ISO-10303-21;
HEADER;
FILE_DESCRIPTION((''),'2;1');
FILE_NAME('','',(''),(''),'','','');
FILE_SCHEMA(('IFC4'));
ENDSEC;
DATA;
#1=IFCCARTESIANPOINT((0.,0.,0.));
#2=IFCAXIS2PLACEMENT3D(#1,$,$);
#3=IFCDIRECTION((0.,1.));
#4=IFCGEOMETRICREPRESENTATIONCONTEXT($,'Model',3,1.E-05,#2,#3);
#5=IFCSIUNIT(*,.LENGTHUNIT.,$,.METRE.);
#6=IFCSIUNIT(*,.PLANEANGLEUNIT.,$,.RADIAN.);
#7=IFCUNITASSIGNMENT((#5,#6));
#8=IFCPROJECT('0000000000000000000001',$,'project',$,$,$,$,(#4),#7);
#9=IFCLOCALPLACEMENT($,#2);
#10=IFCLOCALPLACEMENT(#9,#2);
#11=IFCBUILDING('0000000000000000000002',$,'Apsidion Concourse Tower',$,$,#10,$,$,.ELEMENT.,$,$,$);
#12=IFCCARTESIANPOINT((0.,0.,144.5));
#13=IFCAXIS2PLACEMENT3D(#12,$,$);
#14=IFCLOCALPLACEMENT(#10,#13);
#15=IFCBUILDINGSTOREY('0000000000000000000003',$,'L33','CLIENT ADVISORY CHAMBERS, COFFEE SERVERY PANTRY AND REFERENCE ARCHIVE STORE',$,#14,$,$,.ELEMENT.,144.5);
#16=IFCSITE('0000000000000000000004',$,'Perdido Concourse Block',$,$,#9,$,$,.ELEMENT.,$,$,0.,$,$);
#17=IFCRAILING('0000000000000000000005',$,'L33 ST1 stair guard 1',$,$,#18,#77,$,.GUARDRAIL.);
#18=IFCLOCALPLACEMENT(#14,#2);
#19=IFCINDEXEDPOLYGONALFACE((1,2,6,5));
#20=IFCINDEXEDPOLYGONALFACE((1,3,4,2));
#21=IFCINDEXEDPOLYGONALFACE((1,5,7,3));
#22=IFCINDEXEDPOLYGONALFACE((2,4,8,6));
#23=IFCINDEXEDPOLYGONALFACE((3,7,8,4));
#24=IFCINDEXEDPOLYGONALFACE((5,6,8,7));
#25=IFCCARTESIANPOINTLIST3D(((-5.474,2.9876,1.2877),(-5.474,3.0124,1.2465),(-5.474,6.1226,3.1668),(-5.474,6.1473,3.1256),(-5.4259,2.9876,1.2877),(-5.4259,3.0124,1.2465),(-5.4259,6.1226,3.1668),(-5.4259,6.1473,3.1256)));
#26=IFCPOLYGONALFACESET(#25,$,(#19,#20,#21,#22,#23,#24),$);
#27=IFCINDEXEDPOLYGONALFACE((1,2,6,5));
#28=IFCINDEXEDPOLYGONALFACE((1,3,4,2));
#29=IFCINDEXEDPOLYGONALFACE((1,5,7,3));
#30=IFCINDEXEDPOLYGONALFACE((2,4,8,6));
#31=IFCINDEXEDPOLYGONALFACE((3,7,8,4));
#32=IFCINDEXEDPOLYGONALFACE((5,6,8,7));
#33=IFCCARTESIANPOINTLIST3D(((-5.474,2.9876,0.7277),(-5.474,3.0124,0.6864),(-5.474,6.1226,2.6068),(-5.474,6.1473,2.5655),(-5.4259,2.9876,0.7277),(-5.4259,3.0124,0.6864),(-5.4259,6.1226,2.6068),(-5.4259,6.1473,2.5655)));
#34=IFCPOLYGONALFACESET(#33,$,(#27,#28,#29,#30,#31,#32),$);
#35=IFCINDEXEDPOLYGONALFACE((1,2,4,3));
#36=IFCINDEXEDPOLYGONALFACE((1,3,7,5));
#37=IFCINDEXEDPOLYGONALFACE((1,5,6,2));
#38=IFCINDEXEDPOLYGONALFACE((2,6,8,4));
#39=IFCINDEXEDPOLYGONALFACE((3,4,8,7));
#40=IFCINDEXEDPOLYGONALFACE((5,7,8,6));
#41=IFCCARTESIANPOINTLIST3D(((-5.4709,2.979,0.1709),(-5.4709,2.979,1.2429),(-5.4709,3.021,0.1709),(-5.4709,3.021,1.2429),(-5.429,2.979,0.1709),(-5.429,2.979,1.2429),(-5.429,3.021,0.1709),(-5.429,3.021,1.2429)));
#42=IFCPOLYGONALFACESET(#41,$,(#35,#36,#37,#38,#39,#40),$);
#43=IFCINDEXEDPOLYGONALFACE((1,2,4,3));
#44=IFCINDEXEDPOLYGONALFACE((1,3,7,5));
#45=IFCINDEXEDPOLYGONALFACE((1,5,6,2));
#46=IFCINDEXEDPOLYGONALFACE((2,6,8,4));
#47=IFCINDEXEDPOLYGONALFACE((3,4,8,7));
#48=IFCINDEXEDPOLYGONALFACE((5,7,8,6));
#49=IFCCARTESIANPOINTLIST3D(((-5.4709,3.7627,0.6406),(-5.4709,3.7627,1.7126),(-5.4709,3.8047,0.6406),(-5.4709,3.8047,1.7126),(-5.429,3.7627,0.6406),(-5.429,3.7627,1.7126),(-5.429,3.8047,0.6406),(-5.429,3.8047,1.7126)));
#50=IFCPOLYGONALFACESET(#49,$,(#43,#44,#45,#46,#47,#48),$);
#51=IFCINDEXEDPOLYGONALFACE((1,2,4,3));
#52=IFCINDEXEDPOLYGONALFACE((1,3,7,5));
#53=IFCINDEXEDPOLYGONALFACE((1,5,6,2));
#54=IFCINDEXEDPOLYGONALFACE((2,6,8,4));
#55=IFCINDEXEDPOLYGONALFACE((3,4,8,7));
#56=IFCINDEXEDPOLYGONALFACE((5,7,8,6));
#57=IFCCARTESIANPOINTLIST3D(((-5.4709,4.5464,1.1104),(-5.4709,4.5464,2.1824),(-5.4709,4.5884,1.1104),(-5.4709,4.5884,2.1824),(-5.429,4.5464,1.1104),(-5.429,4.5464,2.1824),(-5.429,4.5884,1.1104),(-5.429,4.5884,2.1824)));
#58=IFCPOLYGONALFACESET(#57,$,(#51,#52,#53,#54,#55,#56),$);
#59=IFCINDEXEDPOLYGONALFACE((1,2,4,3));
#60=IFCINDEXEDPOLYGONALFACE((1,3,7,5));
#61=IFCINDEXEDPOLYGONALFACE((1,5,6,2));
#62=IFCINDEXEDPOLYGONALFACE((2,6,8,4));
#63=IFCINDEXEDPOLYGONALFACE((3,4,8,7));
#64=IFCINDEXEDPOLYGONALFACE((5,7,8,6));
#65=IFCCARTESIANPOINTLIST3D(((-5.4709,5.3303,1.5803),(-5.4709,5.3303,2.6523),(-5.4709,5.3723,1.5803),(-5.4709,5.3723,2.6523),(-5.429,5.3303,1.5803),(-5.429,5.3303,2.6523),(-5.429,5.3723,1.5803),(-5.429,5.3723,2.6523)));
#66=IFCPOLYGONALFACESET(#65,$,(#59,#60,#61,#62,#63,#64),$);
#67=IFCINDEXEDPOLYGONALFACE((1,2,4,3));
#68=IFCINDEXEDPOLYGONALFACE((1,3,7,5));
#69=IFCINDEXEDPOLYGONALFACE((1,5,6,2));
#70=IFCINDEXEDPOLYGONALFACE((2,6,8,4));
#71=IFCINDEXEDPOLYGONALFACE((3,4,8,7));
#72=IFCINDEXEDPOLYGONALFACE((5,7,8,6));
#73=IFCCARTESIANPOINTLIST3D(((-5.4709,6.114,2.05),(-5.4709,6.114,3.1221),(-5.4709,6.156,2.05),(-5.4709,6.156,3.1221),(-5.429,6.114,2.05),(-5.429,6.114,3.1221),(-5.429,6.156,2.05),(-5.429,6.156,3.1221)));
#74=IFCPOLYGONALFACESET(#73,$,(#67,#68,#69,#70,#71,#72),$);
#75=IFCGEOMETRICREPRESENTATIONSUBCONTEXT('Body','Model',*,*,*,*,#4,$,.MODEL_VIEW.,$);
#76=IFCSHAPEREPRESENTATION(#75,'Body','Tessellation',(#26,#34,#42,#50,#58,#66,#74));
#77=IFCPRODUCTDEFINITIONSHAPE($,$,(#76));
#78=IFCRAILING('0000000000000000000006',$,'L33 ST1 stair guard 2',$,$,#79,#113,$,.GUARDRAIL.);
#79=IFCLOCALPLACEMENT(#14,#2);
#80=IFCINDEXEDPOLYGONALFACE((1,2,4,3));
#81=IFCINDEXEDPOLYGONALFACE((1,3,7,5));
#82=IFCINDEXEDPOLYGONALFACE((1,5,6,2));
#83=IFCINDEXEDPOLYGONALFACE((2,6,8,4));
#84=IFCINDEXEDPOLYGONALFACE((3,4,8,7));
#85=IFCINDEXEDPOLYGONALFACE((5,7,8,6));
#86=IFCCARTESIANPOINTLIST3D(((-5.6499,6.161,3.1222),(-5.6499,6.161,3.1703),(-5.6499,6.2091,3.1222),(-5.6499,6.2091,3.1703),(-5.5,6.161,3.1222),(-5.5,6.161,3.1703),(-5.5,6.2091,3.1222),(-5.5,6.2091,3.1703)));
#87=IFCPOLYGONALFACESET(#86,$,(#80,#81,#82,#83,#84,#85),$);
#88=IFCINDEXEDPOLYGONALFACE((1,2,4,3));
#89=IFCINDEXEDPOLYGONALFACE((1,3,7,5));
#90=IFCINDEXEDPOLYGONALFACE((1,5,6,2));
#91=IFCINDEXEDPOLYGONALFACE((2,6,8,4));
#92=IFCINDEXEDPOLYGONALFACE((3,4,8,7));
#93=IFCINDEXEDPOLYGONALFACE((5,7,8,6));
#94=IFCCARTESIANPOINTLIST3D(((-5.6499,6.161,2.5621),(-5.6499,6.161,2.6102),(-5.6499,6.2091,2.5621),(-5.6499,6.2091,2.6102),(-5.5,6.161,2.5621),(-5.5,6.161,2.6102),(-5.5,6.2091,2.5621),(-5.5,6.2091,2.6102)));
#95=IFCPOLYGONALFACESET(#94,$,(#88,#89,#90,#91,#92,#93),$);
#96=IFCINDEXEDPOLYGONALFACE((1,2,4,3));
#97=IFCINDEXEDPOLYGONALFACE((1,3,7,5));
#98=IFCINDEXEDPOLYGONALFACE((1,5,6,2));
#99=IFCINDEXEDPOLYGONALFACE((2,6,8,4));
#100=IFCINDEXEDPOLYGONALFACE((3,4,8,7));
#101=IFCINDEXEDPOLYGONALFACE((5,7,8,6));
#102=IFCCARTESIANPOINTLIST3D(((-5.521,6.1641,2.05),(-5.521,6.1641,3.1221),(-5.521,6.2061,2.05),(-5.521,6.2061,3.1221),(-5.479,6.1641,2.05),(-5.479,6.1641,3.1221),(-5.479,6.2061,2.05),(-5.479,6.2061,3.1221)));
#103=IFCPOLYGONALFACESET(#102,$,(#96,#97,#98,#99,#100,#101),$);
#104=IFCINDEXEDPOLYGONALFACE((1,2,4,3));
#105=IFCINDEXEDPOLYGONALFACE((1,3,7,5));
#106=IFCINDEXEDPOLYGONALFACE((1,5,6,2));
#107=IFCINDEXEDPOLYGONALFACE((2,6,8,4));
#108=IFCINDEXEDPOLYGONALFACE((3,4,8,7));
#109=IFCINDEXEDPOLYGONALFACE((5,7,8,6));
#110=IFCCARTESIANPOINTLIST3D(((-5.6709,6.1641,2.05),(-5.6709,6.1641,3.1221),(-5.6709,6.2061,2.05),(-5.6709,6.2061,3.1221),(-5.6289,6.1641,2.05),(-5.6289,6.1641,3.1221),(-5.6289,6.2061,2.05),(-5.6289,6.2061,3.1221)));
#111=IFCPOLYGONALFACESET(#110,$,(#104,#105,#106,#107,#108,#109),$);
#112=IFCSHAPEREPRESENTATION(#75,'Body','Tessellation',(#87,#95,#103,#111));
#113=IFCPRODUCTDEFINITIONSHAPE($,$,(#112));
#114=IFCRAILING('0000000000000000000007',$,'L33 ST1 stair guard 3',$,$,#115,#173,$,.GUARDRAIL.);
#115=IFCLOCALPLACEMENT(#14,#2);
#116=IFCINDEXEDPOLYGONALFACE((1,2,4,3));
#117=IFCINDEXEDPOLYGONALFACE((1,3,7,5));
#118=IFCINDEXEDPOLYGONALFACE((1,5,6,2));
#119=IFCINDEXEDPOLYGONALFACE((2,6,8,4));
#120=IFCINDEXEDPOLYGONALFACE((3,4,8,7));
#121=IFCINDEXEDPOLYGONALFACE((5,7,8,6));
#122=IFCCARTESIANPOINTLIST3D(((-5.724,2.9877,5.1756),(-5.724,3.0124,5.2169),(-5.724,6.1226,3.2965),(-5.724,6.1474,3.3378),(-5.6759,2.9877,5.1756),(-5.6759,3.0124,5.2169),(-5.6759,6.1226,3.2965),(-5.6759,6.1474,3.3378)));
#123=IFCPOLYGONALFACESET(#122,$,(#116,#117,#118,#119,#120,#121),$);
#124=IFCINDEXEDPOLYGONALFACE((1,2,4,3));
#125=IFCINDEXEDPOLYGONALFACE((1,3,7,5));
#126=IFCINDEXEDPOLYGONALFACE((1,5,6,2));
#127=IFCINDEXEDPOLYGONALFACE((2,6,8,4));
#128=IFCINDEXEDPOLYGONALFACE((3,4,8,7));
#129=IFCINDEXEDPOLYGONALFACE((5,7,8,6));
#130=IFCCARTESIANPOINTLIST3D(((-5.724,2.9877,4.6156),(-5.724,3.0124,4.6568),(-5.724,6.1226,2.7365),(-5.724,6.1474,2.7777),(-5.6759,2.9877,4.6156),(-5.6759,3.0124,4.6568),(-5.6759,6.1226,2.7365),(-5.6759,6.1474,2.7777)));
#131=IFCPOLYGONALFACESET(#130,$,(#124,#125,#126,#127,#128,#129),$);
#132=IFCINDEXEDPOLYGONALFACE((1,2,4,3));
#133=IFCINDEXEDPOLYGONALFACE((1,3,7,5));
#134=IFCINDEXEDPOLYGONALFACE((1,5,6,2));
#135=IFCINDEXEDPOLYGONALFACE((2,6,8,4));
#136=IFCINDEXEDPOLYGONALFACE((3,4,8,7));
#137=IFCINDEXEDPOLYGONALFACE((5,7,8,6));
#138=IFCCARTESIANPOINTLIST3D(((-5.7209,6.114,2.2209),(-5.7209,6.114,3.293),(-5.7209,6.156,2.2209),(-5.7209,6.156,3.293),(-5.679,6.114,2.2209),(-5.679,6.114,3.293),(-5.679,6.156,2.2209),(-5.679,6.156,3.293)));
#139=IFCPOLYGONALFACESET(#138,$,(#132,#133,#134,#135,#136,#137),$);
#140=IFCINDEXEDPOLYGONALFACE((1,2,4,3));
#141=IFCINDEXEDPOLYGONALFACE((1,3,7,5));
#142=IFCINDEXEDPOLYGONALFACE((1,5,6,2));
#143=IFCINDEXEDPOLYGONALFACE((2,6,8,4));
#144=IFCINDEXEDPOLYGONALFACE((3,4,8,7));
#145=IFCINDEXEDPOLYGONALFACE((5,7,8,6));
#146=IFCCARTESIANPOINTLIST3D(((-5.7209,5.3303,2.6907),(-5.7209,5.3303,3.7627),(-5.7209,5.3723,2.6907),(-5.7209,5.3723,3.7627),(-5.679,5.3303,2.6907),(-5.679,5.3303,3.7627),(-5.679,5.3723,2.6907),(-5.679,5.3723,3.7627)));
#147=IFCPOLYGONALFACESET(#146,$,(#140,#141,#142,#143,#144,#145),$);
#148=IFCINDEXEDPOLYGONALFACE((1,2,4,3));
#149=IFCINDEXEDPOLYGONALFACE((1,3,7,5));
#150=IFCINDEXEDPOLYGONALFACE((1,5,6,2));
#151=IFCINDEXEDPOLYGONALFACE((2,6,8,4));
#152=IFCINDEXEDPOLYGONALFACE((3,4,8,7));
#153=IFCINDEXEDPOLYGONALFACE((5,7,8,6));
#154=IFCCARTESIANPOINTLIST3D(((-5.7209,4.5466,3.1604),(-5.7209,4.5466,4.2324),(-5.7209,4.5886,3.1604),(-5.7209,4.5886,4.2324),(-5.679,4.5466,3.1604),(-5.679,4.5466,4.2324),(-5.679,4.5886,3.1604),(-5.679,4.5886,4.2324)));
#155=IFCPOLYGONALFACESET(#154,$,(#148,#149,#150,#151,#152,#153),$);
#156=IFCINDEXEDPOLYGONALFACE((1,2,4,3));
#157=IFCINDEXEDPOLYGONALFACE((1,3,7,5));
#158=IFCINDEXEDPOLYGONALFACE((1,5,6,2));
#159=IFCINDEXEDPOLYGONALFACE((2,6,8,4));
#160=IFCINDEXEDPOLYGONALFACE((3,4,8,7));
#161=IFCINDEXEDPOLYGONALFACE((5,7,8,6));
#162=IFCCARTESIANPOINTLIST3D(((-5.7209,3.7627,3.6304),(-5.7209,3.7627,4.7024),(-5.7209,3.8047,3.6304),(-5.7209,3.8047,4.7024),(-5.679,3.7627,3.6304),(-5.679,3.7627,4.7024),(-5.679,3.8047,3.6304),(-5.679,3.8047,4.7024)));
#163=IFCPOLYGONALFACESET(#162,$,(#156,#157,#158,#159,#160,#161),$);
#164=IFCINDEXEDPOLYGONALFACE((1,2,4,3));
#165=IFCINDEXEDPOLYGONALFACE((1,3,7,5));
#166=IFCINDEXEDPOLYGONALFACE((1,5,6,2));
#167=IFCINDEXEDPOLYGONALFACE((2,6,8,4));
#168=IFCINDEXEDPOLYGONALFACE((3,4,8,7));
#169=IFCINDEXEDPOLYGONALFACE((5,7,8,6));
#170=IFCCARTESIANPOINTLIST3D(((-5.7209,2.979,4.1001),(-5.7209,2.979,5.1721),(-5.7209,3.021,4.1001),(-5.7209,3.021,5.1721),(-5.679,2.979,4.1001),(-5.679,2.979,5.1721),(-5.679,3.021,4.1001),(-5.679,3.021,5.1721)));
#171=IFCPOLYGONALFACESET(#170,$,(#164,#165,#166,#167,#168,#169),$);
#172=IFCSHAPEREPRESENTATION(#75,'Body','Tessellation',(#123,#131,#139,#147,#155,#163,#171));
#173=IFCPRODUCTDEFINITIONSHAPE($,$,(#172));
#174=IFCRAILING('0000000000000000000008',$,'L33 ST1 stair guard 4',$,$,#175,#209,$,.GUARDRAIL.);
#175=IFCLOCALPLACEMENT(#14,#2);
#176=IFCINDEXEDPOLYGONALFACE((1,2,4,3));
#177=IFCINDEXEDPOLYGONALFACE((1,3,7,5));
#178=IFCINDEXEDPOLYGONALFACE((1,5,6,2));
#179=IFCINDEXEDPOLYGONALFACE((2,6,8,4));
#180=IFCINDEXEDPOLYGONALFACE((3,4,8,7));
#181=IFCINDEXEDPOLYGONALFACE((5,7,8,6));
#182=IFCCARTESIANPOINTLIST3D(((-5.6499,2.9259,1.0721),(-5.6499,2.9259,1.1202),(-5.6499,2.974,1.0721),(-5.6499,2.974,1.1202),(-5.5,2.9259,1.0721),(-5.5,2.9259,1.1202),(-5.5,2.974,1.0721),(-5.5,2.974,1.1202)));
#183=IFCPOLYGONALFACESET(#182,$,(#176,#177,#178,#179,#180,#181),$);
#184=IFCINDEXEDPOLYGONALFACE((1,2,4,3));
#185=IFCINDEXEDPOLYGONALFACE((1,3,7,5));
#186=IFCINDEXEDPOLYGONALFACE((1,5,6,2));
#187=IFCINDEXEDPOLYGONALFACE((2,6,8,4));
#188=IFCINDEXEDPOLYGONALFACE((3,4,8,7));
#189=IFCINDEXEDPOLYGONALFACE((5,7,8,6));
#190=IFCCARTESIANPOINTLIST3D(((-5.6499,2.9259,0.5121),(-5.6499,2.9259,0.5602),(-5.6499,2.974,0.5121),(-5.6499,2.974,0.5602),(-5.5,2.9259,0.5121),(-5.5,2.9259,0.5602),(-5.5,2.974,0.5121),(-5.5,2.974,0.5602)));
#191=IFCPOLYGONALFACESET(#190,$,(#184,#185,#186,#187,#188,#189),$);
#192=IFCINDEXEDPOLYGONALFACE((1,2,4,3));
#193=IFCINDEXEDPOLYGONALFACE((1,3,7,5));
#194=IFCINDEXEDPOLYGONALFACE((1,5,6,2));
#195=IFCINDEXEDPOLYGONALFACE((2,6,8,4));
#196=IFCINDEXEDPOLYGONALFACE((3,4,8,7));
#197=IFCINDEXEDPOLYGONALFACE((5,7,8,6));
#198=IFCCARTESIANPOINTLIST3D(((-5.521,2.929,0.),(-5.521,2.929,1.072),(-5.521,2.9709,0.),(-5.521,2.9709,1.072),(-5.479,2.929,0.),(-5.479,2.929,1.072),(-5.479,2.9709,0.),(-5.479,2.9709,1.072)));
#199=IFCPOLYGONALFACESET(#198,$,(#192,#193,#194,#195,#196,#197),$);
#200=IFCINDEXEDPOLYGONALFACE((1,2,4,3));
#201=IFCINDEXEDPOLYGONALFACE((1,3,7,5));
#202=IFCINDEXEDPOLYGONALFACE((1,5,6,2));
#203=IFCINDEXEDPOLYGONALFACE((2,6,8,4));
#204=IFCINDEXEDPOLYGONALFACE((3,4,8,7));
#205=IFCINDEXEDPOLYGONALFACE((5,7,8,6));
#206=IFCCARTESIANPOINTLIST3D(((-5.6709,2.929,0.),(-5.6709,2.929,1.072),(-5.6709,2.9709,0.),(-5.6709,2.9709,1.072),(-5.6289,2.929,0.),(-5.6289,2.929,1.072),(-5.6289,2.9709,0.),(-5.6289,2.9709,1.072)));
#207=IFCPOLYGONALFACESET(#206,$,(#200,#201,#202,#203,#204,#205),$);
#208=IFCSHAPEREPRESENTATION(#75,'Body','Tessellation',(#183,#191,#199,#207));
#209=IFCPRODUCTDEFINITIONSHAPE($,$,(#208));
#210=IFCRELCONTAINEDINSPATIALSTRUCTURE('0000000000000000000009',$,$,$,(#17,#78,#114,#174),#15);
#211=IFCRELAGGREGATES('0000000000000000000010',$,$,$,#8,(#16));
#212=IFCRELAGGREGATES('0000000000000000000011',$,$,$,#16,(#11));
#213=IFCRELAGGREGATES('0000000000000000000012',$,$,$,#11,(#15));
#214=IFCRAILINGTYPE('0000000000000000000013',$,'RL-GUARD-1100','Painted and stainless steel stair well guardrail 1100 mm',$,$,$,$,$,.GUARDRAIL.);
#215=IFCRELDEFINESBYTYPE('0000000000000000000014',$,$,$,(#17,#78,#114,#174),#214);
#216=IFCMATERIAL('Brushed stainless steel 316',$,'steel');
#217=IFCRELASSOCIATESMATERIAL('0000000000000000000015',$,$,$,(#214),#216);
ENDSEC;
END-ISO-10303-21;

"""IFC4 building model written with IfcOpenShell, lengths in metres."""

from ifc_helpers import new_model, si_unit, direction, frame, origin, origin_2d, place, context, subcontext, project, spatial, rectangle, extrude, material, type_object, element, save


model = new_model("IFC4")

# Units and contexts
model_context = context("Model", 3, precision=1e-05, world=origin(), true_north=direction((0.0, 1.0)))
body_context = subcontext(model_context, "Body", "Model", "MODEL_VIEW")
ifc_project = project(units=[si_unit("LENGTHUNIT", "METRE"), si_unit("PLANEANGLEUNIT", "RADIAN")], contexts=[model_context])

# Site, building, storey
site_placement = place(None, origin())
site = spatial("IfcSite", under=ifc_project, at=site_placement, Name="Perdido Concourse Block", CompositionType="ELEMENT", RefElevation=0.0)
building_placement = place(site_placement, origin())
building = spatial("IfcBuilding", under=site, at=building_placement, Name="Apsidion Concourse Tower", CompositionType="ELEMENT")
storey_placement = place(building_placement, frame((0.0, 0.0, 144.5)))
storey = spatial("IfcBuildingStorey", under=building, at=storey_placement, Name="L33", Description="CLIENT ADVISORY CHAMBERS, COFFEE SERVERY PANTRY AND REFERENCE ARCHIVE STORE", CompositionType="ELEMENT", Elevation=144.5)

# Shared definitions
ifc_material_1 = material(Name="Brushed stainless steel 316", Category="steel")

# Railings
railing_type_1 = type_object("IfcRailingType", Name="RL-GUARD-1100", Description="Painted and stainless steel stair well guardrail 1100 mm", PredefinedType="GUARDRAIL", material=ifc_material_1)
railing_1_placement = place(storey_placement, frame((-5.45, 3.0, 0.1709)))
element("IfcRailing", 1, at=railing_1_placement, inside=storey, type_object=railing_type_1, Name="L33 ST1 stair guard 1", PredefinedType="GUARDRAIL", context=body_context, shape_type="SweptSolid", body=[
    extrude(rectangle(XDim=0.0481, YDim=0.0481, at=origin_2d()), frame((0.0, 0.0, 1.0962), z_axis=(0.0, 0.857717, 0.514122), x_axis=(-1.0, 0.0, 0.0)), (0.0, 0.0, 1.0), 3.655),
    extrude(rectangle(XDim=0.0481, YDim=0.0481, at=origin_2d()), frame((0.0, 0.0, 0.5361), z_axis=(0.0, 0.857717, 0.514122), x_axis=(-1.0, 0.0, 0.0)), (0.0, 0.0, 1.0), 3.655),
    extrude(rectangle(XDim=0.042, YDim=0.042, at=origin_2d()), origin(), (0.0, 0.0, 1.0), 1.072),
    extrude(rectangle(XDim=0.042, YDim=0.042, at=origin_2d()), frame((0.0, 0.7837, 0.4697)), (0.0, 0.0, 1.0), 1.072),
    extrude(rectangle(XDim=0.042, YDim=0.042, at=origin_2d()), frame((0.0, 1.5674, 0.9395)), (0.0, 0.0, 1.0), 1.072),
    extrude(rectangle(XDim=0.042, YDim=0.042, at=origin_2d()), frame((0.0, 2.3513, 1.4094)), (0.0, 0.0, 1.0), 1.072),
    extrude(rectangle(XDim=0.042, YDim=0.042, at=origin_2d()), frame((0.0, 3.135, 1.8792)), (0.0, 0.0, 1.0), 1.072),
])
railing_2_placement = place(storey_placement, frame((-5.5, 6.1851, 2.05)))
element("IfcRailing", 2, at=railing_2_placement, inside=storey, type_object=railing_type_1, Name="L33 ST1 stair guard 2", PredefinedType="GUARDRAIL", context=body_context, shape_type="SweptSolid", body=[
    extrude(rectangle(XDim=0.0481, YDim=0.0481, at=origin_2d()), frame((0.0, 0.0, 1.0962), z_axis=(-1.0, 0.0, 0.0), x_axis=(0.0, -1.0, 0.0)), (0.0, 0.0, 1.0), 0.1499),
    extrude(rectangle(XDim=0.0481, YDim=0.0481, at=origin_2d()), frame((0.0, 0.0, 0.5361), z_axis=(-1.0, 0.0, 0.0), x_axis=(0.0, -1.0, 0.0)), (0.0, 0.0, 1.0), 0.1499),
    extrude(rectangle(XDim=0.042, YDim=0.042, at=origin_2d()), origin(), (0.0, 0.0, 1.0), 1.072),
    extrude(rectangle(XDim=0.042, YDim=0.042, at=origin_2d()), frame((-0.1499, 0.0, 0.0)), (0.0, 0.0, 1.0), 1.072),
])
railing_3_placement = place(storey_placement, frame((-5.7, 6.135, 2.2209)))
element("IfcRailing", 3, at=railing_3_placement, inside=storey, type_object=railing_type_1, Name="L33 ST1 stair guard 3", PredefinedType="GUARDRAIL", context=body_context, shape_type="SweptSolid", body=[
    extrude(rectangle(XDim=0.0481, YDim=0.0481, at=origin_2d()), frame((0.0, 0.0, 1.0962), z_axis=(0.0, -0.857717, 0.514122), x_axis=(1.0, 0.0, 0.0)), (0.0, 0.0, 1.0), 3.655),
    extrude(rectangle(XDim=0.0481, YDim=0.0481, at=origin_2d()), frame((0.0, 0.0, 0.5361), z_axis=(0.0, -0.857717, 0.514122), x_axis=(1.0, 0.0, 0.0)), (0.0, 0.0, 1.0), 3.655),
    extrude(rectangle(XDim=0.042, YDim=0.042, at=origin_2d()), origin(), (0.0, 0.0, 1.0), 1.072),
    extrude(rectangle(XDim=0.042, YDim=0.042, at=origin_2d()), frame((0.0, -0.7837, 0.4697)), (0.0, 0.0, 1.0), 1.072),
    extrude(rectangle(XDim=0.042, YDim=0.042, at=origin_2d()), frame((0.0, -1.5674, 0.9395)), (0.0, 0.0, 1.0), 1.072),
    extrude(rectangle(XDim=0.042, YDim=0.042, at=origin_2d()), frame((0.0, -2.3513, 1.4094)), (0.0, 0.0, 1.0), 1.072),
    extrude(rectangle(XDim=0.042, YDim=0.042, at=origin_2d()), frame((0.0, -3.135, 1.8792)), (0.0, 0.0, 1.0), 1.072),
])
railing_4_placement = place(storey_placement, frame((-5.5, 2.95, 0.0)))
element("IfcRailing", 4, at=railing_4_placement, inside=storey, type_object=railing_type_1, Name="L33 ST1 stair guard 4", PredefinedType="GUARDRAIL", context=body_context, shape_type="SweptSolid", body=[
    extrude(rectangle(XDim=0.0481, YDim=0.0481, at=origin_2d()), frame((0.0, 0.0, 1.0962), z_axis=(-1.0, 0.0, 0.0), x_axis=(0.0, -1.0, 0.0)), (0.0, 0.0, 1.0), 0.1499),
    extrude(rectangle(XDim=0.0481, YDim=0.0481, at=origin_2d()), frame((0.0, 0.0, 0.5361), z_axis=(-1.0, 0.0, 0.0), x_axis=(0.0, -1.0, 0.0)), (0.0, 0.0, 1.0), 0.1499),
    extrude(rectangle(XDim=0.042, YDim=0.042, at=origin_2d()), origin(), (0.0, 0.0, 1.0), 1.072),
    extrude(rectangle(XDim=0.042, YDim=0.042, at=origin_2d()), frame((-0.1499, 0.0, 0.0)), (0.0, 0.0, 1.0), 1.072),
])

save(model, "model.ifc")
